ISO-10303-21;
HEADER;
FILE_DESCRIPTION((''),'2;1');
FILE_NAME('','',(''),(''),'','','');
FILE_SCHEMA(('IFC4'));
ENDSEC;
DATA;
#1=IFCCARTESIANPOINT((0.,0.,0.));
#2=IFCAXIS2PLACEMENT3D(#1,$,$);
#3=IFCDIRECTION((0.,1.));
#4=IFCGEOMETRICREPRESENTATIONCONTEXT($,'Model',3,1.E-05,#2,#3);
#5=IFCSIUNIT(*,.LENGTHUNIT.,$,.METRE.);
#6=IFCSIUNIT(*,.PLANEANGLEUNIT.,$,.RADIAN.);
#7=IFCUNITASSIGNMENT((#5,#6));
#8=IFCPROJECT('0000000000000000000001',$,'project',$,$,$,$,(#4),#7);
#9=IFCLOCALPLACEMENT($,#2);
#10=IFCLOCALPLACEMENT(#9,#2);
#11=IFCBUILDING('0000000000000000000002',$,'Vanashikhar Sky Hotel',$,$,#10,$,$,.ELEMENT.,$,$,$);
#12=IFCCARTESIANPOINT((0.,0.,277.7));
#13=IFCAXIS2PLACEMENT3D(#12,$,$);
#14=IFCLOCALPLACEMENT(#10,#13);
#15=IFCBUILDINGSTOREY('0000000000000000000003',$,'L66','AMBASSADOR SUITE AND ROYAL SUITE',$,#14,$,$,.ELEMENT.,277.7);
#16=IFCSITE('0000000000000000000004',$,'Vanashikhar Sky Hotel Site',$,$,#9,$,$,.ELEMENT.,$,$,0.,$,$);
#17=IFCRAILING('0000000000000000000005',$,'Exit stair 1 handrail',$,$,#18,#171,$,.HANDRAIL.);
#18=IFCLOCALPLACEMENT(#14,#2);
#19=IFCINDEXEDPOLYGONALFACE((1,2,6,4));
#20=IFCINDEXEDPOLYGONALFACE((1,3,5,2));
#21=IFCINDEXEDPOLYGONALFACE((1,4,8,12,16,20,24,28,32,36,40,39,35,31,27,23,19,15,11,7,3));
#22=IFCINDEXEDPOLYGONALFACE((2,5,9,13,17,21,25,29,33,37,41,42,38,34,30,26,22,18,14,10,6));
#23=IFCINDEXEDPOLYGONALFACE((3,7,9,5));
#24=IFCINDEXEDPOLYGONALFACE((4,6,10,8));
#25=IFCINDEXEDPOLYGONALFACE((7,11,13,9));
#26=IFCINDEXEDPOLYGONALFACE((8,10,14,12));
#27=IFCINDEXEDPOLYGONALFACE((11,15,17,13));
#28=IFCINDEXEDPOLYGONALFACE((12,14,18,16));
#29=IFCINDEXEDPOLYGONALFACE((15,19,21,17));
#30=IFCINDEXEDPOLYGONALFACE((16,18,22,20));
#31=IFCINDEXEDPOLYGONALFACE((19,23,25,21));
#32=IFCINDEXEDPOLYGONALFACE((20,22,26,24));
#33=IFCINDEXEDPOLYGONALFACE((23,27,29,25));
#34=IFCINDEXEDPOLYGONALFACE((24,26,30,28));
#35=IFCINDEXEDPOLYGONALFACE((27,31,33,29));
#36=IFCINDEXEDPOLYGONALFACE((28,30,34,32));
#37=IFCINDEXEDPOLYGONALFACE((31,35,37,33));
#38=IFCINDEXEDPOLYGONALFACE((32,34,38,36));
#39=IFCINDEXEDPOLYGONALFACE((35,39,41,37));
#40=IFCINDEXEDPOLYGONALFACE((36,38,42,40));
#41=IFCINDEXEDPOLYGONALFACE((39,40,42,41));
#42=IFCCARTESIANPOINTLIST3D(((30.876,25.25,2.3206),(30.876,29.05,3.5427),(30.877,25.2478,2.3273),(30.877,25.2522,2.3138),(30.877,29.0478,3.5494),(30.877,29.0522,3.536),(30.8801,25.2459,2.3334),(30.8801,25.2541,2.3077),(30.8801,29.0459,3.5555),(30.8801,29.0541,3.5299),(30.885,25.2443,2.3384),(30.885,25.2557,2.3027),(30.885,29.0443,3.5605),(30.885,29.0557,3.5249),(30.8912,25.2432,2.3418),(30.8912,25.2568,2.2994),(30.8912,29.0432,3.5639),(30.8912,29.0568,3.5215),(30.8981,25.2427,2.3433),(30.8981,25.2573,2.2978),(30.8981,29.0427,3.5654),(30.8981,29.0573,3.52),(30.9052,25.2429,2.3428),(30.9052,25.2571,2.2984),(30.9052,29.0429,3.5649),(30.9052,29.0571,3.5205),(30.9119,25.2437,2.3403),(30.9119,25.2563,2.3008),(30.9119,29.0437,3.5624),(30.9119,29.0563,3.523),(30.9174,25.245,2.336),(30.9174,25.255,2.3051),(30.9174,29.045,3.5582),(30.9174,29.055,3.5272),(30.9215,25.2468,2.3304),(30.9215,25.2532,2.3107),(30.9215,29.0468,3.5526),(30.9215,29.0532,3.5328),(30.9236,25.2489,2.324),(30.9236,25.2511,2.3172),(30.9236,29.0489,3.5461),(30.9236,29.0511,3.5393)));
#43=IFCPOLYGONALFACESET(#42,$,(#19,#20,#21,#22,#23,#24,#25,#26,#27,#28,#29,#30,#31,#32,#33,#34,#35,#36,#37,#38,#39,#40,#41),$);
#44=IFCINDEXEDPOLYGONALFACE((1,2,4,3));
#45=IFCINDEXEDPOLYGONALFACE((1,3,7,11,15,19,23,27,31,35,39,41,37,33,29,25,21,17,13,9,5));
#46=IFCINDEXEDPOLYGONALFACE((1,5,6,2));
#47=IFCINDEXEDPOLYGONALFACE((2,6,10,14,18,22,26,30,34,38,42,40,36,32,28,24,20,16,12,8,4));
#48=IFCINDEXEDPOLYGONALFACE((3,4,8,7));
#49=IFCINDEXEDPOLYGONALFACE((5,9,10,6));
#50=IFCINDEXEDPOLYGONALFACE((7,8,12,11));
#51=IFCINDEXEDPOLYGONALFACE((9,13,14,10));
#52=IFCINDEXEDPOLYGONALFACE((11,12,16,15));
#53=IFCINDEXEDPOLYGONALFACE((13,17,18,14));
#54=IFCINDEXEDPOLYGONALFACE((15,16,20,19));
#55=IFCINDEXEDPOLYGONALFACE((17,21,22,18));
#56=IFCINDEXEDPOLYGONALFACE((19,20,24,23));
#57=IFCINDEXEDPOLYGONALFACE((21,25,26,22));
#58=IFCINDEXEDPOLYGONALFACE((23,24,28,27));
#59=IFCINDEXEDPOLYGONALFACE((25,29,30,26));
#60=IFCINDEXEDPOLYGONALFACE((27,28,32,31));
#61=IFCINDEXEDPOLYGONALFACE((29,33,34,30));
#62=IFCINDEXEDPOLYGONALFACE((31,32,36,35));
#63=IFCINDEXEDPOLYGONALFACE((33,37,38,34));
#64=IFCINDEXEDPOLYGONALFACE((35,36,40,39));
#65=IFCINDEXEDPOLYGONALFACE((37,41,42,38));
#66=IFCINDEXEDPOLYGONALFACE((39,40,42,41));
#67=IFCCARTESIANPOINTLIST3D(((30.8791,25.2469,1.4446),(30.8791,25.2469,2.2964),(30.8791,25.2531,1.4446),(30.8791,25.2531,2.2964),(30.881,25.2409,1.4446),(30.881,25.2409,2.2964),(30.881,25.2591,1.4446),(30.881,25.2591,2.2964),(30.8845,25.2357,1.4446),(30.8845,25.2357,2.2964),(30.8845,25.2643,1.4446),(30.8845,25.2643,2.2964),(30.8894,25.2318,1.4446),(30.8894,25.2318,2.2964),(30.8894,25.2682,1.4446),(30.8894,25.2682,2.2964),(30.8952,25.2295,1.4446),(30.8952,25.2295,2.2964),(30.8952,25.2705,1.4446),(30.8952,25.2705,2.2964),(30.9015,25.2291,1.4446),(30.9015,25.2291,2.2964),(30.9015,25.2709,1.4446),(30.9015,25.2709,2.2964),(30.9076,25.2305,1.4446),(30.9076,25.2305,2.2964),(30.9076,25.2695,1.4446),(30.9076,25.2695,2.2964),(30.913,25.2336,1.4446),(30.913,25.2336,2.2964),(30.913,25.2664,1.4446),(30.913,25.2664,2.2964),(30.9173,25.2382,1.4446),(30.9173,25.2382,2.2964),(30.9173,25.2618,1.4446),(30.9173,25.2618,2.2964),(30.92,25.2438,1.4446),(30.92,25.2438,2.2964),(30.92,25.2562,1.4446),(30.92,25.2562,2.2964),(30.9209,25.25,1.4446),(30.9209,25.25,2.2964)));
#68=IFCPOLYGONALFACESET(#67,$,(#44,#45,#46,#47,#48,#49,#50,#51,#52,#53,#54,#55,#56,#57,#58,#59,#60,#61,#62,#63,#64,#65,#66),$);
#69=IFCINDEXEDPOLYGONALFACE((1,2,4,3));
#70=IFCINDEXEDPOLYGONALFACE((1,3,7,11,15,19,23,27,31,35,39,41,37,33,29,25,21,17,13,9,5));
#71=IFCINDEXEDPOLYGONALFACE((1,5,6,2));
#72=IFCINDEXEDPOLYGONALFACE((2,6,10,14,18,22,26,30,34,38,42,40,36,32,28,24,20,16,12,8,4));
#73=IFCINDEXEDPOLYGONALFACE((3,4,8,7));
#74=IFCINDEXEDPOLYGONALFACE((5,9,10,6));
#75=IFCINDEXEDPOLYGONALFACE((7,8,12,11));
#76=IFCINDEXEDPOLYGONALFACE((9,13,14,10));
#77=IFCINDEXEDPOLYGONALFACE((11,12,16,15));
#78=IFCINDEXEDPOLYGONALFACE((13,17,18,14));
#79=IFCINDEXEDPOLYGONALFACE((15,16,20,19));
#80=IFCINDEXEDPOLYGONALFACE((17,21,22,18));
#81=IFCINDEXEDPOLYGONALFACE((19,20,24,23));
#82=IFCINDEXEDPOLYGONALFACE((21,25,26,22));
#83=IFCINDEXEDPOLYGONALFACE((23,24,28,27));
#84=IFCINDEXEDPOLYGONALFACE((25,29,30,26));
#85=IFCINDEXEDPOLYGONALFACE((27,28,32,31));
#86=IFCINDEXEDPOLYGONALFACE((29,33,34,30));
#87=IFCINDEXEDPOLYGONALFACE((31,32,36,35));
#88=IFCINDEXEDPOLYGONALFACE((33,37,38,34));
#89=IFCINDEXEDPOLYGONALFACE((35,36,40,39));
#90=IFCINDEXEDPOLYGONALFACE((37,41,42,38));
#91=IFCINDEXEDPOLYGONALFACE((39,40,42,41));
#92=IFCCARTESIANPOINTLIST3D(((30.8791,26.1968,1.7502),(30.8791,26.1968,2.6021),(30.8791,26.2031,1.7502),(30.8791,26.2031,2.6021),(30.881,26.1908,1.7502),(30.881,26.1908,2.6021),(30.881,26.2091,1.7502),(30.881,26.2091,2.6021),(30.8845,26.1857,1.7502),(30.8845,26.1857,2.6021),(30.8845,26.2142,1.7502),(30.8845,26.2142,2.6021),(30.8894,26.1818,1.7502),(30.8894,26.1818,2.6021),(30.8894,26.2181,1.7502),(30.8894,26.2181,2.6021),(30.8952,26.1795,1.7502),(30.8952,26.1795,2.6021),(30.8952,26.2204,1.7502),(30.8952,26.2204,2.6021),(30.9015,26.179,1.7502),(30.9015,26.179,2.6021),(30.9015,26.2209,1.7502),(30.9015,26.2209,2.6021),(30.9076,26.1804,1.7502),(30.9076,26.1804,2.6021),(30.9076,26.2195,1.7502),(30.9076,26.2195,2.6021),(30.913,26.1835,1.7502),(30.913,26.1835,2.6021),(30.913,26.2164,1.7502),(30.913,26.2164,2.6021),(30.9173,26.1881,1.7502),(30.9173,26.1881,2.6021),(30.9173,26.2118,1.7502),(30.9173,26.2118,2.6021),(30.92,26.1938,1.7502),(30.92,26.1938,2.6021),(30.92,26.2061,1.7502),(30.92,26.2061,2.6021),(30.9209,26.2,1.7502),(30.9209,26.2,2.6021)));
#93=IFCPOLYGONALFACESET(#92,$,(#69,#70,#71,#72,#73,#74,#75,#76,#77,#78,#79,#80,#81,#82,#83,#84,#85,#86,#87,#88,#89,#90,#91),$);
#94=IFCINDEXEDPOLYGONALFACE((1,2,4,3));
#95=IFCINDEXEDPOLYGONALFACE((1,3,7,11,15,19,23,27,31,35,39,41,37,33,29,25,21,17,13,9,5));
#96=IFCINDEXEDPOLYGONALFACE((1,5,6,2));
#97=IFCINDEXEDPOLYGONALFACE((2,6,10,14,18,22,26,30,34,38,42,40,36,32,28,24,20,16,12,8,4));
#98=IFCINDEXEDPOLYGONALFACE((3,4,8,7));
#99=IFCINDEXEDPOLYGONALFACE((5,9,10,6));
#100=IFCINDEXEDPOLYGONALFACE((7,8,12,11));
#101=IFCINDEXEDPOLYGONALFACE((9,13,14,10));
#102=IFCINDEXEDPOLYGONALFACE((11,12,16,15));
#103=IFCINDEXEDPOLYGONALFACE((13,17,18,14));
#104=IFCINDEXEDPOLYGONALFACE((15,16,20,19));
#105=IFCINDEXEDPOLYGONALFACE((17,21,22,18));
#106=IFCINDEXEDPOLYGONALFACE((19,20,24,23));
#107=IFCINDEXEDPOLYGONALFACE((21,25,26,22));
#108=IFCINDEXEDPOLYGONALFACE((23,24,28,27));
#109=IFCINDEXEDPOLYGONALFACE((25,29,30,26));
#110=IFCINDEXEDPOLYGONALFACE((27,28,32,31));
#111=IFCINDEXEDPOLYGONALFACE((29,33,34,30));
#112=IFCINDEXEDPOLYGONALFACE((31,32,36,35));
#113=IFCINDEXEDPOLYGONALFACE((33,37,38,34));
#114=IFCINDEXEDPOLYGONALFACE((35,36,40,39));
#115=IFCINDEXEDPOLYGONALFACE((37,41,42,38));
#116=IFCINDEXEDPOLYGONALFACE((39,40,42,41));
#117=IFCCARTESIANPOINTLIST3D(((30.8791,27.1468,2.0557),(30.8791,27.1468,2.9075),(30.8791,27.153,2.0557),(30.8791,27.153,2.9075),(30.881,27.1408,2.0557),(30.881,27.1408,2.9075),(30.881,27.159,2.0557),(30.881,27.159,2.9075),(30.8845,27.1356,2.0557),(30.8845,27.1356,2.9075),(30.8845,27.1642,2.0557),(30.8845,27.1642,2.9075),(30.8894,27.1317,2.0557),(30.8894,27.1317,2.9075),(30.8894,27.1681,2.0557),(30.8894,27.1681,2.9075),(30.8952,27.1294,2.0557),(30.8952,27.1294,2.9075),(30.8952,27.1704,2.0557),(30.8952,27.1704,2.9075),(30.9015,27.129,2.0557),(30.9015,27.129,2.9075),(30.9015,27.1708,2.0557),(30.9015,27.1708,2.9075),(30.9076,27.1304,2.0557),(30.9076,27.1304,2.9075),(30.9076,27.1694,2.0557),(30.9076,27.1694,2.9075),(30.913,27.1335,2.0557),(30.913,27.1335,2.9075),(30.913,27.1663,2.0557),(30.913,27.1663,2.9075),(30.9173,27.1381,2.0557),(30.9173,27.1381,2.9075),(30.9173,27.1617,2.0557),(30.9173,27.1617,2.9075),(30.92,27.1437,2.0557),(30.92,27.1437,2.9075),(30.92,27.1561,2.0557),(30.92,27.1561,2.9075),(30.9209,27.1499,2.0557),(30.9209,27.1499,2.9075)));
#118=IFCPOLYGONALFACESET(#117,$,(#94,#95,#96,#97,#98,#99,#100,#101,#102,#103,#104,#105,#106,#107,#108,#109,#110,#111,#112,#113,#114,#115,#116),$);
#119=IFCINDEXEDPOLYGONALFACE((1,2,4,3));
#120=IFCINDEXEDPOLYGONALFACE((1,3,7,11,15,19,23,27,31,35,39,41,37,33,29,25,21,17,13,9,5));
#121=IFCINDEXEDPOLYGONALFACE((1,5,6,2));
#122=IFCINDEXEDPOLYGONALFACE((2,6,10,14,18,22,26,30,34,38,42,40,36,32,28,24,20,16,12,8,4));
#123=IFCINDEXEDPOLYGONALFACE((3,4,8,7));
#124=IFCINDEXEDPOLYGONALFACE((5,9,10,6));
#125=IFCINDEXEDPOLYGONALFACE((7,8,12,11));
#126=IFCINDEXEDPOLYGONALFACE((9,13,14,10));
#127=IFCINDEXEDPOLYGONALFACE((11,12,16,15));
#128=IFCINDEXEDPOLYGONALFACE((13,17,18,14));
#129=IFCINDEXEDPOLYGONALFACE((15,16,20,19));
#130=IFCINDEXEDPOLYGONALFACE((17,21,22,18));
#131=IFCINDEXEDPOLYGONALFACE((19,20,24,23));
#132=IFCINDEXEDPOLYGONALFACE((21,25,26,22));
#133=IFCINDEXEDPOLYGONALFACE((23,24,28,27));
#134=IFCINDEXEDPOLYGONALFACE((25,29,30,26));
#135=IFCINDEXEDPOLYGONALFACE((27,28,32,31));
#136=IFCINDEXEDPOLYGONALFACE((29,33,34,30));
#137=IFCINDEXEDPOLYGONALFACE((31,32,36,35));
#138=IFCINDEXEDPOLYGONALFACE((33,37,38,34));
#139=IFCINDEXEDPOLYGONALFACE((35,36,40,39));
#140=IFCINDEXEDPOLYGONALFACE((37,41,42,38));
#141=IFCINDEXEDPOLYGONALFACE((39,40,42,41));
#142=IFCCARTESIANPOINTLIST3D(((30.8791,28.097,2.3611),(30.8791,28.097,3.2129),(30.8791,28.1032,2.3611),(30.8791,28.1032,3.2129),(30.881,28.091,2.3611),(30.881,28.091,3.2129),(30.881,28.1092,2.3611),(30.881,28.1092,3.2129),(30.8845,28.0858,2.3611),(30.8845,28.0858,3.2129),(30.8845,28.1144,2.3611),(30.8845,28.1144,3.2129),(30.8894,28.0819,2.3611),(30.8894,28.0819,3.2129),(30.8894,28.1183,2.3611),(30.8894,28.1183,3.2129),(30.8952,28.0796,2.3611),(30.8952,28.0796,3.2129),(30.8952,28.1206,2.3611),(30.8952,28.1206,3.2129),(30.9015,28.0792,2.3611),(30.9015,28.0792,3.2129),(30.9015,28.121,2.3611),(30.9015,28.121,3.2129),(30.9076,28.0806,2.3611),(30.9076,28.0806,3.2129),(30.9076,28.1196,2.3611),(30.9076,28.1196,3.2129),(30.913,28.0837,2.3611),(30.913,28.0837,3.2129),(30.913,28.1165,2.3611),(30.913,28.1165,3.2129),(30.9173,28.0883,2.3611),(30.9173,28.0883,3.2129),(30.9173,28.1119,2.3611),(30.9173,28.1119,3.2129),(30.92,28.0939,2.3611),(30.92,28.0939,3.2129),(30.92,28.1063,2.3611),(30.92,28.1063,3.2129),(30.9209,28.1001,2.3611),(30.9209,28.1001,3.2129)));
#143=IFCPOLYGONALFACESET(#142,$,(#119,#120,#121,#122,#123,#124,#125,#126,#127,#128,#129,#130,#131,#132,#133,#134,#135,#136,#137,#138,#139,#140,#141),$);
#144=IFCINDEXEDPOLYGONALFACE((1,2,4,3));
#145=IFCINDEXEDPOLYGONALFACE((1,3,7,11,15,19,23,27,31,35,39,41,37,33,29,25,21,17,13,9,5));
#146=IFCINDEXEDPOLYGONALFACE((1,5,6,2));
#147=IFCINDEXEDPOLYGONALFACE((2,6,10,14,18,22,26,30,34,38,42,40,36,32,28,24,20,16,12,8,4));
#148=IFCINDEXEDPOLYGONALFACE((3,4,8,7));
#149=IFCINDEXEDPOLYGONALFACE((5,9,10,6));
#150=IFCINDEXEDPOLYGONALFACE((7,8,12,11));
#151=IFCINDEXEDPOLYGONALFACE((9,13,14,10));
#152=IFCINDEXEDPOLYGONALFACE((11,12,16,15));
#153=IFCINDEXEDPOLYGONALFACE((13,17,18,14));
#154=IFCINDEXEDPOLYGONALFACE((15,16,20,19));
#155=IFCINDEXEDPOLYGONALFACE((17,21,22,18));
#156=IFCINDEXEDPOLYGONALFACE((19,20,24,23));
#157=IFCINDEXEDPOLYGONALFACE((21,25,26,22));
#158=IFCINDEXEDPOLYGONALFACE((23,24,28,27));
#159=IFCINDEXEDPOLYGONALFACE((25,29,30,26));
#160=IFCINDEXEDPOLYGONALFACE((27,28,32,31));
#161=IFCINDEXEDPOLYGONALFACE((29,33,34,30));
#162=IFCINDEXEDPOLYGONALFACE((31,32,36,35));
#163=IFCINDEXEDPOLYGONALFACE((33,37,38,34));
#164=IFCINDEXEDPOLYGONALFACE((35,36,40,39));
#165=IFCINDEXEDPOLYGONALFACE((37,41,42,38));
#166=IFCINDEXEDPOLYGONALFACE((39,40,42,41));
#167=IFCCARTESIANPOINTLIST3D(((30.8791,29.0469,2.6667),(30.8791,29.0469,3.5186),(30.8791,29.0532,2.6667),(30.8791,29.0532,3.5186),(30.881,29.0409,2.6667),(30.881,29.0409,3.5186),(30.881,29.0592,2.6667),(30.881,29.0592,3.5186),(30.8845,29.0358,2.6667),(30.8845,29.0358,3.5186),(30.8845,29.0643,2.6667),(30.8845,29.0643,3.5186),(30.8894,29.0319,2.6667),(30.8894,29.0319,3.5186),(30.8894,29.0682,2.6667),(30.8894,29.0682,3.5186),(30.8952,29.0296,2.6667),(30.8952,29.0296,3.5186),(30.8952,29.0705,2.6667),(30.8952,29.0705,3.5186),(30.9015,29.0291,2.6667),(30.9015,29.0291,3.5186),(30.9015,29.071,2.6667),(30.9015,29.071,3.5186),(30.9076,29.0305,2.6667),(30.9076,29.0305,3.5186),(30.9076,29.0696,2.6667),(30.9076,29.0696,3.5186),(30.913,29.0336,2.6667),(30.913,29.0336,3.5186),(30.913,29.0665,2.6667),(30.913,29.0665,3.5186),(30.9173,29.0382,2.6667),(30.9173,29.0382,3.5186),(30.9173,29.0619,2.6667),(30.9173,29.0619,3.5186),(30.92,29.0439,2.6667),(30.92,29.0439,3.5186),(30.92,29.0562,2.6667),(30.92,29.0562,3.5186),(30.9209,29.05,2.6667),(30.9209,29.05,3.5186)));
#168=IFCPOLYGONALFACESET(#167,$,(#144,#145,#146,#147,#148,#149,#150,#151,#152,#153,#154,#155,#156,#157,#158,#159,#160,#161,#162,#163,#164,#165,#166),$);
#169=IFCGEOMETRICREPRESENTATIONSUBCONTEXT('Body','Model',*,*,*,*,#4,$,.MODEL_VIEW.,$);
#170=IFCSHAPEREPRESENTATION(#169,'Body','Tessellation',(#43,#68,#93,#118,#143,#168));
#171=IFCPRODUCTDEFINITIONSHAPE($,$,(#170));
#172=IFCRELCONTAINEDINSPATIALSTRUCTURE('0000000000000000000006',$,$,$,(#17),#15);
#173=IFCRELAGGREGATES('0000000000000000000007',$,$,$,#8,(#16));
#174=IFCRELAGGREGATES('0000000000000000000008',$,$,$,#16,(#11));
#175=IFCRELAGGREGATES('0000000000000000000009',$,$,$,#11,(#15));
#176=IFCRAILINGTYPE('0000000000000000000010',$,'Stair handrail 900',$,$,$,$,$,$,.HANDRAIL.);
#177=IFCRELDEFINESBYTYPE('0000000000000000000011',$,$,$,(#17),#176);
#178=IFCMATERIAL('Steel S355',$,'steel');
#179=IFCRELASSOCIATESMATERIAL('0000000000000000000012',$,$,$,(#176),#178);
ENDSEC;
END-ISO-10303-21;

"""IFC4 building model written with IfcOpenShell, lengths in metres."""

from ifc_helpers import new_model, si_unit, direction, frame, origin, origin_2d, place, context, subcontext, project, spatial, circle, extrude, source, transform, mapped, material, type_object, element, save


model = new_model("IFC4")

# Units and contexts
model_context = context("Model", 3, precision=1e-05, world=origin(), true_north=direction((0.0, 1.0)))
body_context = subcontext(model_context, "Body", "Model", "MODEL_VIEW")
ifc_project = project(units=[si_unit("LENGTHUNIT", "METRE"), si_unit("PLANEANGLEUNIT", "RADIAN")], contexts=[model_context])

# Site, building, storey
site_placement = place(None, origin())
site = spatial("IfcSite", under=ifc_project, at=site_placement, Name="Vanashikhar Sky Hotel Site", CompositionType="ELEMENT", RefElevation=0.0)
building_placement = place(site_placement, origin())
building = spatial("IfcBuilding", under=site, at=building_placement, Name="Vanashikhar Sky Hotel", CompositionType="ELEMENT")
storey_placement = place(building_placement, frame((0.0, 0.0, 277.7)))
storey = spatial("IfcBuildingStorey", under=building, at=storey_placement, Name="L66", Description="AMBASSADOR SUITE AND ROYAL SUITE", CompositionType="ELEMENT", Elevation=277.7)

# Railing
ifc_material_1 = material(Name="Steel S355", Category="steel")
railing_type_1 = type_object("IfcRailingType", Name="Stair handrail 900", PredefinedType="HANDRAIL", material=ifc_material_1)
shared_shape_1 = source(origin(), body_context, "Body", "SweptSolid", [
    extrude(circle(Radius=0.0239, at=origin_2d()), frame((0.0, 0.0, 0.876), z_axis=(0.0, 0.951976, 0.306173), x_axis=(-1.0, 0.0, 0.0)), (0.0, 0.0, 1.0), 3.9917),
    extrude(circle(Radius=0.021, at=origin_2d()), origin(), (0.0, 0.0, 1.0), 0.8518),
    extrude(circle(Radius=0.021, at=origin_2d()), frame((0.0, 0.95, 0.3057)), (0.0, 0.0, 1.0), 0.8518),
    extrude(circle(Radius=0.021, at=origin_2d()), frame((0.0, 1.8999, 0.6111)), (0.0, 0.0, 1.0), 0.8518),
    extrude(circle(Radius=0.021, at=origin_2d()), frame((0.0, 2.8501, 0.9165)), (0.0, 0.0, 1.0), 0.8518),
    extrude(circle(Radius=0.021, at=origin_2d()), frame((0.0, 3.8, 1.2222)), (0.0, 0.0, 1.0), 0.8518),
])
railing_1_placement = place(storey_placement, frame((30.8999, 25.25, 1.4446)))
element("IfcRailing", 1, at=railing_1_placement, inside=storey, type_object=railing_type_1, Name="Exit stair 1 handrail", PredefinedType="HANDRAIL", context=body_context, shape_type="MappedRepresentation", body=[
    mapped(shared_shape_1, transform((0.0, 0.0, 0.0), scale=1.0)),
])

save(model, "model.ifc")
